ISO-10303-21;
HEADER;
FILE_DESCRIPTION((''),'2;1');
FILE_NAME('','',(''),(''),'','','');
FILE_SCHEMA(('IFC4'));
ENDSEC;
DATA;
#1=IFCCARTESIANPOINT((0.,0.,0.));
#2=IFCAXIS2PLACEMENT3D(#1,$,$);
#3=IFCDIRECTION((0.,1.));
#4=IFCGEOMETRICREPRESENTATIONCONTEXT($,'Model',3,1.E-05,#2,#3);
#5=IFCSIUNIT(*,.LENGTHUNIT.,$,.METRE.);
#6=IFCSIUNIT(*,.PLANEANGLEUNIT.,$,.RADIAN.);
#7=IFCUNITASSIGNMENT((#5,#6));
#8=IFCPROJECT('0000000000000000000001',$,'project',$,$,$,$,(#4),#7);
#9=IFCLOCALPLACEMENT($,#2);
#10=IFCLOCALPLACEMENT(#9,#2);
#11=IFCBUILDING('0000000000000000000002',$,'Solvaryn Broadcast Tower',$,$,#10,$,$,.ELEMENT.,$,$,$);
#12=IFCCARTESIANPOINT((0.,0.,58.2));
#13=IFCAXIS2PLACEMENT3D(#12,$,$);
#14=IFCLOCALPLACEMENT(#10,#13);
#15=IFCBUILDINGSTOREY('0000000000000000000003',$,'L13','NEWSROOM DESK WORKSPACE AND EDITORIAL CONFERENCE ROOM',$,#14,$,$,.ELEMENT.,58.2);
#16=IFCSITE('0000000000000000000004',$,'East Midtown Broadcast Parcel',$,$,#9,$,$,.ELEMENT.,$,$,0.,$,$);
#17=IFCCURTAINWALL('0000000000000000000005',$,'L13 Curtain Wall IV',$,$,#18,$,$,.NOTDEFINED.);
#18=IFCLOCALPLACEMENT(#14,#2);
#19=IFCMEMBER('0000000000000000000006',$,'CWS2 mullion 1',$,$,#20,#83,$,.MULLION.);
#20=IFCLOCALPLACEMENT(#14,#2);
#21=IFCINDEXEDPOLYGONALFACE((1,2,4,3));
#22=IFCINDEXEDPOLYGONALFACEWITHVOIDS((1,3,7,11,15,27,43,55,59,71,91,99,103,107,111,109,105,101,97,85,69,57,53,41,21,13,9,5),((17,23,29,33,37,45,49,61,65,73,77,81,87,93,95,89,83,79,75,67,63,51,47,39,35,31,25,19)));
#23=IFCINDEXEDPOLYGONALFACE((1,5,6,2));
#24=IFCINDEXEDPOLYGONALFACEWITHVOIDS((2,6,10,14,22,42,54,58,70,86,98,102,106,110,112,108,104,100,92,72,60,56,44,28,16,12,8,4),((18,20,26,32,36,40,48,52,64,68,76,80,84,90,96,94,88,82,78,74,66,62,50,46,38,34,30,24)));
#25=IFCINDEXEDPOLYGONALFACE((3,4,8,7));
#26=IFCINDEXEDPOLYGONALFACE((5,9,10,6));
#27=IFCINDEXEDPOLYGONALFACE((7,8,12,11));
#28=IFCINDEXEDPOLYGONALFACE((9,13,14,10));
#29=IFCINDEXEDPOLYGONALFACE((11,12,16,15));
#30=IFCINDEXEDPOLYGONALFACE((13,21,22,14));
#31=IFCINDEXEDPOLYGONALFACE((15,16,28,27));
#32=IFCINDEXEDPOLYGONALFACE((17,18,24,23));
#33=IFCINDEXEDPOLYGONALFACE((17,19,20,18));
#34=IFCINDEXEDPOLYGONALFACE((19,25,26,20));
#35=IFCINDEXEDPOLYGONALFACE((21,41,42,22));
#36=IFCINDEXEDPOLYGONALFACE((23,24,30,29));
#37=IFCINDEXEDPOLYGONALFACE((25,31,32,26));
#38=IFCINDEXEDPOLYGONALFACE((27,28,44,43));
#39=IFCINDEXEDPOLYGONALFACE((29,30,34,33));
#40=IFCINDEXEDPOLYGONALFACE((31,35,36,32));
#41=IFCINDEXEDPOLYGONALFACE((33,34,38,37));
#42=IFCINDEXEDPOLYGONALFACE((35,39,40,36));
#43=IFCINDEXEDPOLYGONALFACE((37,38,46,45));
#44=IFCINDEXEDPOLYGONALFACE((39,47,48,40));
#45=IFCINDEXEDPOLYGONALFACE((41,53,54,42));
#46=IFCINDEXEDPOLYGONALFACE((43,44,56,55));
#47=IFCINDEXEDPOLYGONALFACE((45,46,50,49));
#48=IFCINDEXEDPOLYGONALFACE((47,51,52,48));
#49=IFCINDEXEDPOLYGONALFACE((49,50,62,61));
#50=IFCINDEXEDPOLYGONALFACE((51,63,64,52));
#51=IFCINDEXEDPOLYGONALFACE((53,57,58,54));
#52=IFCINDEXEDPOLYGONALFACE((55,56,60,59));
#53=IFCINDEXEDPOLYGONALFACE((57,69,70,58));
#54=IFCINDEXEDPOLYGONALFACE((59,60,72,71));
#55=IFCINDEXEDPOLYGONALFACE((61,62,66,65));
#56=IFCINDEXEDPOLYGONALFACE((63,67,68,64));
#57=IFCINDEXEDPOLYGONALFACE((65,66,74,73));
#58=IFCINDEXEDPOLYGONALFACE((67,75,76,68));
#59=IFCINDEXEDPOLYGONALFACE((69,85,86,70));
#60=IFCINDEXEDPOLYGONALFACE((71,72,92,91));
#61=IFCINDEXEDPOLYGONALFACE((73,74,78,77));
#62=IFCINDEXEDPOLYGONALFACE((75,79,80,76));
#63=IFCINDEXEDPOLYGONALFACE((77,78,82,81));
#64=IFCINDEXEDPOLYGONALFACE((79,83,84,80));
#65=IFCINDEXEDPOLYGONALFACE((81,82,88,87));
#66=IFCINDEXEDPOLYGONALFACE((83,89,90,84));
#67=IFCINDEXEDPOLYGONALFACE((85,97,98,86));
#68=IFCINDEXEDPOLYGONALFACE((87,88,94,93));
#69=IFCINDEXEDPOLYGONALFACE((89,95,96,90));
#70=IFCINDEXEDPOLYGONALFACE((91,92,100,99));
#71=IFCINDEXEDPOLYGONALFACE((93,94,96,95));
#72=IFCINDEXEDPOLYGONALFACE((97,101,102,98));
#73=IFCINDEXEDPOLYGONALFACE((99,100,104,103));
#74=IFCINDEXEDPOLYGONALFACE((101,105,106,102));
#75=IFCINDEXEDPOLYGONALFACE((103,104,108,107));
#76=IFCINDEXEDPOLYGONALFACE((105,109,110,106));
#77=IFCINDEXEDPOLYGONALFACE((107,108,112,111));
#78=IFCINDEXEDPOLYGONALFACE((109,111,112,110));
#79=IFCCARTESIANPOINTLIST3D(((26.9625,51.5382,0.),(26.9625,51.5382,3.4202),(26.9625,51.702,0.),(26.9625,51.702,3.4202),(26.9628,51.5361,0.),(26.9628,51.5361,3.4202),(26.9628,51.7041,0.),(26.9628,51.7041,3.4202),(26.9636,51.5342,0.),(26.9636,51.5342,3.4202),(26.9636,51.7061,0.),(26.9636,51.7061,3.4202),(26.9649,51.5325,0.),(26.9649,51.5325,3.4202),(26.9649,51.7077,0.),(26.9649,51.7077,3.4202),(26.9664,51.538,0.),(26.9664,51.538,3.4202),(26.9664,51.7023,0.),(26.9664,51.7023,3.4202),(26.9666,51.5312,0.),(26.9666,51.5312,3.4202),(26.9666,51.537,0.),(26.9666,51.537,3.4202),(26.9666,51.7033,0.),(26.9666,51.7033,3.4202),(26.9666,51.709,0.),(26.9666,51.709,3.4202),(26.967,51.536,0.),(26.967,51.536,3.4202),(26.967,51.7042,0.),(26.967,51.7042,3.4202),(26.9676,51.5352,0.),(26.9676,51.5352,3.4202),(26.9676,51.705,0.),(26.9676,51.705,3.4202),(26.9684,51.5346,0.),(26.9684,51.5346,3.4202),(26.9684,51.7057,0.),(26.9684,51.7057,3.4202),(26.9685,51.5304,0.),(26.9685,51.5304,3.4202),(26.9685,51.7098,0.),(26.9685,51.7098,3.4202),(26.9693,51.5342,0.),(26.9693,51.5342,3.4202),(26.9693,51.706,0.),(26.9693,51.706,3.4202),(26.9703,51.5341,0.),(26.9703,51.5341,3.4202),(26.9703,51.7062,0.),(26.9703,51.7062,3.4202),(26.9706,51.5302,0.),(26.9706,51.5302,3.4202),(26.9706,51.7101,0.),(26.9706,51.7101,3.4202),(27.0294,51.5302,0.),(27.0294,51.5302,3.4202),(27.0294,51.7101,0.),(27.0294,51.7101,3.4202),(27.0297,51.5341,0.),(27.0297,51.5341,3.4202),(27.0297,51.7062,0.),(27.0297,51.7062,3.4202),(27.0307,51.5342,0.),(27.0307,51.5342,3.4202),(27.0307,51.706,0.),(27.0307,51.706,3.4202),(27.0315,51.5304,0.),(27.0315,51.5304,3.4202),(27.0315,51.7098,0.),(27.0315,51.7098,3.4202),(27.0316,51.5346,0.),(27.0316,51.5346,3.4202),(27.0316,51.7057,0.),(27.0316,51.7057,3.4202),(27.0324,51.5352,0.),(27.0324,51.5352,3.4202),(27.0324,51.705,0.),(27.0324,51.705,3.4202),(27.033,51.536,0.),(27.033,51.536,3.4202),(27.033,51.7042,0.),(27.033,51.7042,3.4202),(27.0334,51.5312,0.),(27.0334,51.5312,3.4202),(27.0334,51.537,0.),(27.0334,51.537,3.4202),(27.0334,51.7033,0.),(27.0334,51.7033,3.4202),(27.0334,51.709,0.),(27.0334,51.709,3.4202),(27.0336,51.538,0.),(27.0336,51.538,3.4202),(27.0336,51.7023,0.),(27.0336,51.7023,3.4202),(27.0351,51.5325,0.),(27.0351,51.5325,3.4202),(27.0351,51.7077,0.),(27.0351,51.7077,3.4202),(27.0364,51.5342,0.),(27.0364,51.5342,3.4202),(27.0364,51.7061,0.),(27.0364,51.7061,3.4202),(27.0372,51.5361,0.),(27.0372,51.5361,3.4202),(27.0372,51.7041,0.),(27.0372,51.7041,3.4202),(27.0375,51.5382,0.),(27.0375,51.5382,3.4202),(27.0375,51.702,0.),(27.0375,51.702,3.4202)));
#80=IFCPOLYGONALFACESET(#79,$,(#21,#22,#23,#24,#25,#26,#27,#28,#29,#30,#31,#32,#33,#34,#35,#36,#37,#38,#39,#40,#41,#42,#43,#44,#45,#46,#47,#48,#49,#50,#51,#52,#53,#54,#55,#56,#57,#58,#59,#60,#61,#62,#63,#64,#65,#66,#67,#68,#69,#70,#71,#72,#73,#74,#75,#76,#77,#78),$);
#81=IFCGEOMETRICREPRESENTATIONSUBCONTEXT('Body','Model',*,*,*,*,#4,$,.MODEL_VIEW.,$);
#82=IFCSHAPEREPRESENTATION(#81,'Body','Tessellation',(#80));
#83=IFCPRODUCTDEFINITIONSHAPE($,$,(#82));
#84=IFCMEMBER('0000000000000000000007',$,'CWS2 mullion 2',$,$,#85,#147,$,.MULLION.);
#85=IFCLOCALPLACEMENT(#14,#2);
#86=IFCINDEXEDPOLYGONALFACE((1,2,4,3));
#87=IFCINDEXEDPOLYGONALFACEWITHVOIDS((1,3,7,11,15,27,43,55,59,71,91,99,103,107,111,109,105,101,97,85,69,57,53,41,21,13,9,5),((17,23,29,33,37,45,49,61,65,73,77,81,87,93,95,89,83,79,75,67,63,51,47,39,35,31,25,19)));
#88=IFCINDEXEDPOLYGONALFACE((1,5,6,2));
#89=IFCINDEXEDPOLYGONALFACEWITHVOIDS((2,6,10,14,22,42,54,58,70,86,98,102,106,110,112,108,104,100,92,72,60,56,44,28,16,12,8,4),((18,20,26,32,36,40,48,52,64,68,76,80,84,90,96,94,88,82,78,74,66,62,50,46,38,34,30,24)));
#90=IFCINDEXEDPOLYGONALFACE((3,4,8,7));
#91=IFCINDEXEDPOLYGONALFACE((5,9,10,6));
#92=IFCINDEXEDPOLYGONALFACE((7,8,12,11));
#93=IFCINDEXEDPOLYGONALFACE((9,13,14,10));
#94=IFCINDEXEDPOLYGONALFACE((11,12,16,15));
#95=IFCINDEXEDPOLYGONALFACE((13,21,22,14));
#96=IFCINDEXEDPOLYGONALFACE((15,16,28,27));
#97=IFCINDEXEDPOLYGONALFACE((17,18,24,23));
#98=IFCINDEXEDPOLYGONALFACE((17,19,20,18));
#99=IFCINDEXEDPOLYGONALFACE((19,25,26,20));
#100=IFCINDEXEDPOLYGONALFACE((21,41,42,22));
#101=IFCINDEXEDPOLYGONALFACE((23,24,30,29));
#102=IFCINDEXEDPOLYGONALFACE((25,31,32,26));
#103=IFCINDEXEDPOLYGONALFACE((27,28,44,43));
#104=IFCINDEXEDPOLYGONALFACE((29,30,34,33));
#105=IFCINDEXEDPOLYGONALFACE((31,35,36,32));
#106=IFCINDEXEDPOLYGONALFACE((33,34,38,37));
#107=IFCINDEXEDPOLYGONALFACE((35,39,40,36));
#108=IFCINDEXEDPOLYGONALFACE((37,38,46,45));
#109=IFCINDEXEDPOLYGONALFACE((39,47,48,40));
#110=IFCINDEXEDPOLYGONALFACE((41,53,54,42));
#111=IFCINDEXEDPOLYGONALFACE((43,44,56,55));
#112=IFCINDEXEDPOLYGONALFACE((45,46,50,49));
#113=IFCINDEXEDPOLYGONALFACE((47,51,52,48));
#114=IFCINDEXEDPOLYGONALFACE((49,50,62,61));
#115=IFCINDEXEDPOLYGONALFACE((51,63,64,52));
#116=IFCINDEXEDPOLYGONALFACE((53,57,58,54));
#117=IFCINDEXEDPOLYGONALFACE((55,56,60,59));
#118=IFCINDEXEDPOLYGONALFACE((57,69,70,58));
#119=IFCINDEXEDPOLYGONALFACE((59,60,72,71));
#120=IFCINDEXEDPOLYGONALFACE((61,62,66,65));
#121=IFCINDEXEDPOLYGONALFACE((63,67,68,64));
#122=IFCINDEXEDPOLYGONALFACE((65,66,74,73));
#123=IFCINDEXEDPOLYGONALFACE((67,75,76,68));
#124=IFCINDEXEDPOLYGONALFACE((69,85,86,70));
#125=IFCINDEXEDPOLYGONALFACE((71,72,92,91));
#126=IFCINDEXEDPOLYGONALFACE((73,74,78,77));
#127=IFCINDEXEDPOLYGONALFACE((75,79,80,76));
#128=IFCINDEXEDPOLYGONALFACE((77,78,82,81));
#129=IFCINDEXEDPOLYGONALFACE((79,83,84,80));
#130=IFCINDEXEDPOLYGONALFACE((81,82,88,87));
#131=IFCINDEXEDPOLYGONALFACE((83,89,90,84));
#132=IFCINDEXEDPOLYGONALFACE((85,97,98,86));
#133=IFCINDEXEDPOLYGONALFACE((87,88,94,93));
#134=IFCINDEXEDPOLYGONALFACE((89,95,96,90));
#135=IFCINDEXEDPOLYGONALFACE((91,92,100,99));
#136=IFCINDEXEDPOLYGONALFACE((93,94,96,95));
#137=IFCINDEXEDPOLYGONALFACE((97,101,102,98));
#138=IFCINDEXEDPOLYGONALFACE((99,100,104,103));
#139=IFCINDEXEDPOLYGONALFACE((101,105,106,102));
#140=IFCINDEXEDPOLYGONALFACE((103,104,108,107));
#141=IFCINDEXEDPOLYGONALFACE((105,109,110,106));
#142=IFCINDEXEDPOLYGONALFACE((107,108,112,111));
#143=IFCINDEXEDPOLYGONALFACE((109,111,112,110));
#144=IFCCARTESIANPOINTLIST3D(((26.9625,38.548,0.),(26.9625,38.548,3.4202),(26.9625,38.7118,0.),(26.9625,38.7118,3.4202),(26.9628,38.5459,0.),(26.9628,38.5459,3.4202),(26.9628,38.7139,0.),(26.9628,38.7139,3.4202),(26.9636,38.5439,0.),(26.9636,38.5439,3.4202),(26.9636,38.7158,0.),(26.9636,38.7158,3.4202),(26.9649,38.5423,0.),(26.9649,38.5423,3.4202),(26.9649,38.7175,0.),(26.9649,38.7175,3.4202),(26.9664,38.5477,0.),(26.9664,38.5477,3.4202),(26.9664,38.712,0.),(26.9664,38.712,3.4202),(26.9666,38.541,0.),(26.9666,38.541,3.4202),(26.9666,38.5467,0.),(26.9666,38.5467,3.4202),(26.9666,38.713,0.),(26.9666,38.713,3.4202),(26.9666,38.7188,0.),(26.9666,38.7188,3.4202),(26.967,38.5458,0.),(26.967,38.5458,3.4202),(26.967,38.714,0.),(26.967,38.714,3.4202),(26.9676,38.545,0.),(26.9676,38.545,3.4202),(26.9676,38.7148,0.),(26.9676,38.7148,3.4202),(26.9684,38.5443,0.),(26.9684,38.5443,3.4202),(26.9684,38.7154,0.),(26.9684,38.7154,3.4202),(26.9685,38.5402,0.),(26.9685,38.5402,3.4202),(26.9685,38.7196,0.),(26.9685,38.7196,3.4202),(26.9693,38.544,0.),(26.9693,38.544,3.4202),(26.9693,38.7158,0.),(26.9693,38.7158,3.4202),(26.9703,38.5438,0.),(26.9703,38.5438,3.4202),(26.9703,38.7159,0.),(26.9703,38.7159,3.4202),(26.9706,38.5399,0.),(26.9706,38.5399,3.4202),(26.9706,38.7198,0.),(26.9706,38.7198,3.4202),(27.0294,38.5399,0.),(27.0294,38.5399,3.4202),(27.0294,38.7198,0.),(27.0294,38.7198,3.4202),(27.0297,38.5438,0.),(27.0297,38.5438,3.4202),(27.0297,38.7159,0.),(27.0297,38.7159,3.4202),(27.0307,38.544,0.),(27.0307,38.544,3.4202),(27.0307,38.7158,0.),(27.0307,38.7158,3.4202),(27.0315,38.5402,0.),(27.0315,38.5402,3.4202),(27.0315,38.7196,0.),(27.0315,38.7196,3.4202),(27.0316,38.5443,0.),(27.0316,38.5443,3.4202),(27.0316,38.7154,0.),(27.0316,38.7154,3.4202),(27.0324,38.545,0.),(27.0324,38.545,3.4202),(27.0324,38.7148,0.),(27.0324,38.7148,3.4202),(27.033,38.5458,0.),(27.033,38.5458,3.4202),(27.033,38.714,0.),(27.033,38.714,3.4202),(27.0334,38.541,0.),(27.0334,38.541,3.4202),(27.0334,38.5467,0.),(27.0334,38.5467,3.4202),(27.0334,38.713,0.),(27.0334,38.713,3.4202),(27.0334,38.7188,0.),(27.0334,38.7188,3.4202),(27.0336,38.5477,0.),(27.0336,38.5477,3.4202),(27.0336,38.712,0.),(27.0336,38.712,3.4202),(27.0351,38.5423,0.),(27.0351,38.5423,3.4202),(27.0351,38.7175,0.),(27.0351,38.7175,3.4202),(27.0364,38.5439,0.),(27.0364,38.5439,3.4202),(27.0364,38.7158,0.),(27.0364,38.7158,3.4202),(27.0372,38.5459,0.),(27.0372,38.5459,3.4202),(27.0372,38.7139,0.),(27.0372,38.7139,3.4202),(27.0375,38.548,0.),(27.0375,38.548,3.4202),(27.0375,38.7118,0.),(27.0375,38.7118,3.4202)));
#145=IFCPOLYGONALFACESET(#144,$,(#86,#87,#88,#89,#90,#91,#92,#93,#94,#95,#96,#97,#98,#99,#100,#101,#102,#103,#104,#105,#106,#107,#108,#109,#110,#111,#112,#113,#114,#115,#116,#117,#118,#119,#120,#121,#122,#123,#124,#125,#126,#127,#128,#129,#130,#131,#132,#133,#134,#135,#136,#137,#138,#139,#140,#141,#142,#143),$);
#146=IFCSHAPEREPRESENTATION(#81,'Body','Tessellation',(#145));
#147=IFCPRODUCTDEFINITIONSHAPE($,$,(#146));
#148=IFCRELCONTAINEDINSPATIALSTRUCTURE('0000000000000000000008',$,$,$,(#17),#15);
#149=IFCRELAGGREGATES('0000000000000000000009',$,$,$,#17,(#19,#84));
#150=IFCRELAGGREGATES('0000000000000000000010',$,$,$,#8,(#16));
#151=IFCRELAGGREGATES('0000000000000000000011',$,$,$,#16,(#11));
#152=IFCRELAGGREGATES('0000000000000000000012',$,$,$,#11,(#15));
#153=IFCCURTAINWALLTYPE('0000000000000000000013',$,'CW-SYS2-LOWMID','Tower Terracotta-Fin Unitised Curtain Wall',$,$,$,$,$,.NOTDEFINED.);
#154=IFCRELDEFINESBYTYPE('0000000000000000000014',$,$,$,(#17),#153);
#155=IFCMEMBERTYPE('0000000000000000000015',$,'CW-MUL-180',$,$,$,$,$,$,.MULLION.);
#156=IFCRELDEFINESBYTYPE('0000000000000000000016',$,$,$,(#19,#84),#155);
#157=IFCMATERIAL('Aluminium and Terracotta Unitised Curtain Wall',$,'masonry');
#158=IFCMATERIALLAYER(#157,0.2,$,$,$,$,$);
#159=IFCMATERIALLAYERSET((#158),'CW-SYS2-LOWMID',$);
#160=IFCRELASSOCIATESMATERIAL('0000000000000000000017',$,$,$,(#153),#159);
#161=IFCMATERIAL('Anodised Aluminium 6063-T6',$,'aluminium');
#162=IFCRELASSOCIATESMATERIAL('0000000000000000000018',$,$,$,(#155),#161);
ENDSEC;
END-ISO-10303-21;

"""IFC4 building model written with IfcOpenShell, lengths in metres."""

from ifc_helpers import new_model, si_unit, direction, frame, origin, origin_2d, place, context, subcontext, project, spatial, hollow_rectangle, extrude, material, layer, layer_set, material_profile, profile_set, type_object, element, aggregate, save


model = new_model("IFC4")

# Units and contexts
model_context = context("Model", 3, precision=1e-05, world=origin(), true_north=direction((0.0, 1.0)))
body_context = subcontext(model_context, "Body", "Model", "MODEL_VIEW")
ifc_project = project(units=[si_unit("LENGTHUNIT", "METRE"), si_unit("PLANEANGLEUNIT", "RADIAN")], contexts=[model_context])

# Site, building, storey
site_placement = place(None, origin())
site = spatial("IfcSite", under=ifc_project, at=site_placement, Name="East Midtown Broadcast Parcel", CompositionType="ELEMENT", RefElevation=0.0)
building_placement = place(site_placement, origin())
building = spatial("IfcBuilding", under=site, at=building_placement, Name="Solvaryn Broadcast Tower", CompositionType="ELEMENT")
storey_placement = place(building_placement, frame((0.0, 0.0, 58.2)))
storey = spatial("IfcBuildingStorey", under=building, at=storey_placement, Name="L13", Description="NEWSROOM DESK WORKSPACE AND EDITORIAL CONFERENCE ROOM", CompositionType="ELEMENT", Elevation=58.2)

# Curtain wall, members
ifc_material_1 = material(Name="Aluminium and Terracotta Unitised Curtain Wall", Category="masonry")
ifc_layer_1 = layer(ifc_material_1, 0.2)
ifc_layer_set_1 = layer_set([ifc_layer_1], Name="CW-SYS2-LOWMID")
curtain_wall_type = type_object("IfcCurtainWallType", Name="CW-SYS2-LOWMID", Description="Tower Terracotta-Fin Unitised Curtain Wall", PredefinedType="NOTDEFINED", material=ifc_layer_set_1)
curtain_wall_1_placement = place(storey_placement, origin())
curtain_wall_1 = element("IfcCurtainWall", 1, at=curtain_wall_1_placement, inside=storey, type_object=curtain_wall_type, Name="L13 Curtain Wall IV", PredefinedType="NOTDEFINED")
ifc_material_2 = material(Name="Anodised Aluminium 6063-T6", Category="aluminium")
ifc_material_profile_1 = material_profile(ifc_material_2, hollow_rectangle(XDim=0.075, YDim=0.1799, WallThickness=0.0039, InnerFilletRadius=0.0039, OuterFilletRadius=0.0081, at=origin_2d()))
ifc_profile_set_1 = profile_set([ifc_material_profile_1], Name="Anodised Aluminium 6063-T6")
member_type_1 = type_object("IfcMemberType", Name="CW-MUL-180", PredefinedType="MULLION", material=ifc_profile_set_1)
member_1_placement = place(storey_placement, frame((27.0, 51.6201, 0.0), z_axis=(0.0, 0.0, 1.0), x_axis=(1.0, 0.0, 0.0)))
member_1 = element("IfcMember", 2, at=member_1_placement, type_object=member_type_1, Name="CWS2 mullion 1", PredefinedType="MULLION", context=body_context, shape_type="SweptSolid", body=[
    extrude(hollow_rectangle(XDim=0.075, YDim=0.1799, WallThickness=0.0039, InnerFilletRadius=0.0039, OuterFilletRadius=0.0081, at=origin_2d()), origin(), (0.0, 0.0, 1.0), 3.4202),
])
member_2_placement = place(storey_placement, frame((27.0, 38.6299, 0.0), z_axis=(0.0, 0.0, 1.0), x_axis=(1.0, 0.0, 0.0)))
member_2 = element("IfcMember", 3, at=member_2_placement, type_object=member_type_1, Name="CWS2 mullion 2", PredefinedType="MULLION", context=body_context, shape_type="SweptSolid", body=[
    extrude(hollow_rectangle(XDim=0.075, YDim=0.1799, WallThickness=0.0039, InnerFilletRadius=0.0039, OuterFilletRadius=0.0081, at=origin_2d()), origin(), (0.0, 0.0, 1.0), 3.4202),
])

aggregate(curtain_wall_1, [member_1, member_2])

save(model, "model.ifc")
